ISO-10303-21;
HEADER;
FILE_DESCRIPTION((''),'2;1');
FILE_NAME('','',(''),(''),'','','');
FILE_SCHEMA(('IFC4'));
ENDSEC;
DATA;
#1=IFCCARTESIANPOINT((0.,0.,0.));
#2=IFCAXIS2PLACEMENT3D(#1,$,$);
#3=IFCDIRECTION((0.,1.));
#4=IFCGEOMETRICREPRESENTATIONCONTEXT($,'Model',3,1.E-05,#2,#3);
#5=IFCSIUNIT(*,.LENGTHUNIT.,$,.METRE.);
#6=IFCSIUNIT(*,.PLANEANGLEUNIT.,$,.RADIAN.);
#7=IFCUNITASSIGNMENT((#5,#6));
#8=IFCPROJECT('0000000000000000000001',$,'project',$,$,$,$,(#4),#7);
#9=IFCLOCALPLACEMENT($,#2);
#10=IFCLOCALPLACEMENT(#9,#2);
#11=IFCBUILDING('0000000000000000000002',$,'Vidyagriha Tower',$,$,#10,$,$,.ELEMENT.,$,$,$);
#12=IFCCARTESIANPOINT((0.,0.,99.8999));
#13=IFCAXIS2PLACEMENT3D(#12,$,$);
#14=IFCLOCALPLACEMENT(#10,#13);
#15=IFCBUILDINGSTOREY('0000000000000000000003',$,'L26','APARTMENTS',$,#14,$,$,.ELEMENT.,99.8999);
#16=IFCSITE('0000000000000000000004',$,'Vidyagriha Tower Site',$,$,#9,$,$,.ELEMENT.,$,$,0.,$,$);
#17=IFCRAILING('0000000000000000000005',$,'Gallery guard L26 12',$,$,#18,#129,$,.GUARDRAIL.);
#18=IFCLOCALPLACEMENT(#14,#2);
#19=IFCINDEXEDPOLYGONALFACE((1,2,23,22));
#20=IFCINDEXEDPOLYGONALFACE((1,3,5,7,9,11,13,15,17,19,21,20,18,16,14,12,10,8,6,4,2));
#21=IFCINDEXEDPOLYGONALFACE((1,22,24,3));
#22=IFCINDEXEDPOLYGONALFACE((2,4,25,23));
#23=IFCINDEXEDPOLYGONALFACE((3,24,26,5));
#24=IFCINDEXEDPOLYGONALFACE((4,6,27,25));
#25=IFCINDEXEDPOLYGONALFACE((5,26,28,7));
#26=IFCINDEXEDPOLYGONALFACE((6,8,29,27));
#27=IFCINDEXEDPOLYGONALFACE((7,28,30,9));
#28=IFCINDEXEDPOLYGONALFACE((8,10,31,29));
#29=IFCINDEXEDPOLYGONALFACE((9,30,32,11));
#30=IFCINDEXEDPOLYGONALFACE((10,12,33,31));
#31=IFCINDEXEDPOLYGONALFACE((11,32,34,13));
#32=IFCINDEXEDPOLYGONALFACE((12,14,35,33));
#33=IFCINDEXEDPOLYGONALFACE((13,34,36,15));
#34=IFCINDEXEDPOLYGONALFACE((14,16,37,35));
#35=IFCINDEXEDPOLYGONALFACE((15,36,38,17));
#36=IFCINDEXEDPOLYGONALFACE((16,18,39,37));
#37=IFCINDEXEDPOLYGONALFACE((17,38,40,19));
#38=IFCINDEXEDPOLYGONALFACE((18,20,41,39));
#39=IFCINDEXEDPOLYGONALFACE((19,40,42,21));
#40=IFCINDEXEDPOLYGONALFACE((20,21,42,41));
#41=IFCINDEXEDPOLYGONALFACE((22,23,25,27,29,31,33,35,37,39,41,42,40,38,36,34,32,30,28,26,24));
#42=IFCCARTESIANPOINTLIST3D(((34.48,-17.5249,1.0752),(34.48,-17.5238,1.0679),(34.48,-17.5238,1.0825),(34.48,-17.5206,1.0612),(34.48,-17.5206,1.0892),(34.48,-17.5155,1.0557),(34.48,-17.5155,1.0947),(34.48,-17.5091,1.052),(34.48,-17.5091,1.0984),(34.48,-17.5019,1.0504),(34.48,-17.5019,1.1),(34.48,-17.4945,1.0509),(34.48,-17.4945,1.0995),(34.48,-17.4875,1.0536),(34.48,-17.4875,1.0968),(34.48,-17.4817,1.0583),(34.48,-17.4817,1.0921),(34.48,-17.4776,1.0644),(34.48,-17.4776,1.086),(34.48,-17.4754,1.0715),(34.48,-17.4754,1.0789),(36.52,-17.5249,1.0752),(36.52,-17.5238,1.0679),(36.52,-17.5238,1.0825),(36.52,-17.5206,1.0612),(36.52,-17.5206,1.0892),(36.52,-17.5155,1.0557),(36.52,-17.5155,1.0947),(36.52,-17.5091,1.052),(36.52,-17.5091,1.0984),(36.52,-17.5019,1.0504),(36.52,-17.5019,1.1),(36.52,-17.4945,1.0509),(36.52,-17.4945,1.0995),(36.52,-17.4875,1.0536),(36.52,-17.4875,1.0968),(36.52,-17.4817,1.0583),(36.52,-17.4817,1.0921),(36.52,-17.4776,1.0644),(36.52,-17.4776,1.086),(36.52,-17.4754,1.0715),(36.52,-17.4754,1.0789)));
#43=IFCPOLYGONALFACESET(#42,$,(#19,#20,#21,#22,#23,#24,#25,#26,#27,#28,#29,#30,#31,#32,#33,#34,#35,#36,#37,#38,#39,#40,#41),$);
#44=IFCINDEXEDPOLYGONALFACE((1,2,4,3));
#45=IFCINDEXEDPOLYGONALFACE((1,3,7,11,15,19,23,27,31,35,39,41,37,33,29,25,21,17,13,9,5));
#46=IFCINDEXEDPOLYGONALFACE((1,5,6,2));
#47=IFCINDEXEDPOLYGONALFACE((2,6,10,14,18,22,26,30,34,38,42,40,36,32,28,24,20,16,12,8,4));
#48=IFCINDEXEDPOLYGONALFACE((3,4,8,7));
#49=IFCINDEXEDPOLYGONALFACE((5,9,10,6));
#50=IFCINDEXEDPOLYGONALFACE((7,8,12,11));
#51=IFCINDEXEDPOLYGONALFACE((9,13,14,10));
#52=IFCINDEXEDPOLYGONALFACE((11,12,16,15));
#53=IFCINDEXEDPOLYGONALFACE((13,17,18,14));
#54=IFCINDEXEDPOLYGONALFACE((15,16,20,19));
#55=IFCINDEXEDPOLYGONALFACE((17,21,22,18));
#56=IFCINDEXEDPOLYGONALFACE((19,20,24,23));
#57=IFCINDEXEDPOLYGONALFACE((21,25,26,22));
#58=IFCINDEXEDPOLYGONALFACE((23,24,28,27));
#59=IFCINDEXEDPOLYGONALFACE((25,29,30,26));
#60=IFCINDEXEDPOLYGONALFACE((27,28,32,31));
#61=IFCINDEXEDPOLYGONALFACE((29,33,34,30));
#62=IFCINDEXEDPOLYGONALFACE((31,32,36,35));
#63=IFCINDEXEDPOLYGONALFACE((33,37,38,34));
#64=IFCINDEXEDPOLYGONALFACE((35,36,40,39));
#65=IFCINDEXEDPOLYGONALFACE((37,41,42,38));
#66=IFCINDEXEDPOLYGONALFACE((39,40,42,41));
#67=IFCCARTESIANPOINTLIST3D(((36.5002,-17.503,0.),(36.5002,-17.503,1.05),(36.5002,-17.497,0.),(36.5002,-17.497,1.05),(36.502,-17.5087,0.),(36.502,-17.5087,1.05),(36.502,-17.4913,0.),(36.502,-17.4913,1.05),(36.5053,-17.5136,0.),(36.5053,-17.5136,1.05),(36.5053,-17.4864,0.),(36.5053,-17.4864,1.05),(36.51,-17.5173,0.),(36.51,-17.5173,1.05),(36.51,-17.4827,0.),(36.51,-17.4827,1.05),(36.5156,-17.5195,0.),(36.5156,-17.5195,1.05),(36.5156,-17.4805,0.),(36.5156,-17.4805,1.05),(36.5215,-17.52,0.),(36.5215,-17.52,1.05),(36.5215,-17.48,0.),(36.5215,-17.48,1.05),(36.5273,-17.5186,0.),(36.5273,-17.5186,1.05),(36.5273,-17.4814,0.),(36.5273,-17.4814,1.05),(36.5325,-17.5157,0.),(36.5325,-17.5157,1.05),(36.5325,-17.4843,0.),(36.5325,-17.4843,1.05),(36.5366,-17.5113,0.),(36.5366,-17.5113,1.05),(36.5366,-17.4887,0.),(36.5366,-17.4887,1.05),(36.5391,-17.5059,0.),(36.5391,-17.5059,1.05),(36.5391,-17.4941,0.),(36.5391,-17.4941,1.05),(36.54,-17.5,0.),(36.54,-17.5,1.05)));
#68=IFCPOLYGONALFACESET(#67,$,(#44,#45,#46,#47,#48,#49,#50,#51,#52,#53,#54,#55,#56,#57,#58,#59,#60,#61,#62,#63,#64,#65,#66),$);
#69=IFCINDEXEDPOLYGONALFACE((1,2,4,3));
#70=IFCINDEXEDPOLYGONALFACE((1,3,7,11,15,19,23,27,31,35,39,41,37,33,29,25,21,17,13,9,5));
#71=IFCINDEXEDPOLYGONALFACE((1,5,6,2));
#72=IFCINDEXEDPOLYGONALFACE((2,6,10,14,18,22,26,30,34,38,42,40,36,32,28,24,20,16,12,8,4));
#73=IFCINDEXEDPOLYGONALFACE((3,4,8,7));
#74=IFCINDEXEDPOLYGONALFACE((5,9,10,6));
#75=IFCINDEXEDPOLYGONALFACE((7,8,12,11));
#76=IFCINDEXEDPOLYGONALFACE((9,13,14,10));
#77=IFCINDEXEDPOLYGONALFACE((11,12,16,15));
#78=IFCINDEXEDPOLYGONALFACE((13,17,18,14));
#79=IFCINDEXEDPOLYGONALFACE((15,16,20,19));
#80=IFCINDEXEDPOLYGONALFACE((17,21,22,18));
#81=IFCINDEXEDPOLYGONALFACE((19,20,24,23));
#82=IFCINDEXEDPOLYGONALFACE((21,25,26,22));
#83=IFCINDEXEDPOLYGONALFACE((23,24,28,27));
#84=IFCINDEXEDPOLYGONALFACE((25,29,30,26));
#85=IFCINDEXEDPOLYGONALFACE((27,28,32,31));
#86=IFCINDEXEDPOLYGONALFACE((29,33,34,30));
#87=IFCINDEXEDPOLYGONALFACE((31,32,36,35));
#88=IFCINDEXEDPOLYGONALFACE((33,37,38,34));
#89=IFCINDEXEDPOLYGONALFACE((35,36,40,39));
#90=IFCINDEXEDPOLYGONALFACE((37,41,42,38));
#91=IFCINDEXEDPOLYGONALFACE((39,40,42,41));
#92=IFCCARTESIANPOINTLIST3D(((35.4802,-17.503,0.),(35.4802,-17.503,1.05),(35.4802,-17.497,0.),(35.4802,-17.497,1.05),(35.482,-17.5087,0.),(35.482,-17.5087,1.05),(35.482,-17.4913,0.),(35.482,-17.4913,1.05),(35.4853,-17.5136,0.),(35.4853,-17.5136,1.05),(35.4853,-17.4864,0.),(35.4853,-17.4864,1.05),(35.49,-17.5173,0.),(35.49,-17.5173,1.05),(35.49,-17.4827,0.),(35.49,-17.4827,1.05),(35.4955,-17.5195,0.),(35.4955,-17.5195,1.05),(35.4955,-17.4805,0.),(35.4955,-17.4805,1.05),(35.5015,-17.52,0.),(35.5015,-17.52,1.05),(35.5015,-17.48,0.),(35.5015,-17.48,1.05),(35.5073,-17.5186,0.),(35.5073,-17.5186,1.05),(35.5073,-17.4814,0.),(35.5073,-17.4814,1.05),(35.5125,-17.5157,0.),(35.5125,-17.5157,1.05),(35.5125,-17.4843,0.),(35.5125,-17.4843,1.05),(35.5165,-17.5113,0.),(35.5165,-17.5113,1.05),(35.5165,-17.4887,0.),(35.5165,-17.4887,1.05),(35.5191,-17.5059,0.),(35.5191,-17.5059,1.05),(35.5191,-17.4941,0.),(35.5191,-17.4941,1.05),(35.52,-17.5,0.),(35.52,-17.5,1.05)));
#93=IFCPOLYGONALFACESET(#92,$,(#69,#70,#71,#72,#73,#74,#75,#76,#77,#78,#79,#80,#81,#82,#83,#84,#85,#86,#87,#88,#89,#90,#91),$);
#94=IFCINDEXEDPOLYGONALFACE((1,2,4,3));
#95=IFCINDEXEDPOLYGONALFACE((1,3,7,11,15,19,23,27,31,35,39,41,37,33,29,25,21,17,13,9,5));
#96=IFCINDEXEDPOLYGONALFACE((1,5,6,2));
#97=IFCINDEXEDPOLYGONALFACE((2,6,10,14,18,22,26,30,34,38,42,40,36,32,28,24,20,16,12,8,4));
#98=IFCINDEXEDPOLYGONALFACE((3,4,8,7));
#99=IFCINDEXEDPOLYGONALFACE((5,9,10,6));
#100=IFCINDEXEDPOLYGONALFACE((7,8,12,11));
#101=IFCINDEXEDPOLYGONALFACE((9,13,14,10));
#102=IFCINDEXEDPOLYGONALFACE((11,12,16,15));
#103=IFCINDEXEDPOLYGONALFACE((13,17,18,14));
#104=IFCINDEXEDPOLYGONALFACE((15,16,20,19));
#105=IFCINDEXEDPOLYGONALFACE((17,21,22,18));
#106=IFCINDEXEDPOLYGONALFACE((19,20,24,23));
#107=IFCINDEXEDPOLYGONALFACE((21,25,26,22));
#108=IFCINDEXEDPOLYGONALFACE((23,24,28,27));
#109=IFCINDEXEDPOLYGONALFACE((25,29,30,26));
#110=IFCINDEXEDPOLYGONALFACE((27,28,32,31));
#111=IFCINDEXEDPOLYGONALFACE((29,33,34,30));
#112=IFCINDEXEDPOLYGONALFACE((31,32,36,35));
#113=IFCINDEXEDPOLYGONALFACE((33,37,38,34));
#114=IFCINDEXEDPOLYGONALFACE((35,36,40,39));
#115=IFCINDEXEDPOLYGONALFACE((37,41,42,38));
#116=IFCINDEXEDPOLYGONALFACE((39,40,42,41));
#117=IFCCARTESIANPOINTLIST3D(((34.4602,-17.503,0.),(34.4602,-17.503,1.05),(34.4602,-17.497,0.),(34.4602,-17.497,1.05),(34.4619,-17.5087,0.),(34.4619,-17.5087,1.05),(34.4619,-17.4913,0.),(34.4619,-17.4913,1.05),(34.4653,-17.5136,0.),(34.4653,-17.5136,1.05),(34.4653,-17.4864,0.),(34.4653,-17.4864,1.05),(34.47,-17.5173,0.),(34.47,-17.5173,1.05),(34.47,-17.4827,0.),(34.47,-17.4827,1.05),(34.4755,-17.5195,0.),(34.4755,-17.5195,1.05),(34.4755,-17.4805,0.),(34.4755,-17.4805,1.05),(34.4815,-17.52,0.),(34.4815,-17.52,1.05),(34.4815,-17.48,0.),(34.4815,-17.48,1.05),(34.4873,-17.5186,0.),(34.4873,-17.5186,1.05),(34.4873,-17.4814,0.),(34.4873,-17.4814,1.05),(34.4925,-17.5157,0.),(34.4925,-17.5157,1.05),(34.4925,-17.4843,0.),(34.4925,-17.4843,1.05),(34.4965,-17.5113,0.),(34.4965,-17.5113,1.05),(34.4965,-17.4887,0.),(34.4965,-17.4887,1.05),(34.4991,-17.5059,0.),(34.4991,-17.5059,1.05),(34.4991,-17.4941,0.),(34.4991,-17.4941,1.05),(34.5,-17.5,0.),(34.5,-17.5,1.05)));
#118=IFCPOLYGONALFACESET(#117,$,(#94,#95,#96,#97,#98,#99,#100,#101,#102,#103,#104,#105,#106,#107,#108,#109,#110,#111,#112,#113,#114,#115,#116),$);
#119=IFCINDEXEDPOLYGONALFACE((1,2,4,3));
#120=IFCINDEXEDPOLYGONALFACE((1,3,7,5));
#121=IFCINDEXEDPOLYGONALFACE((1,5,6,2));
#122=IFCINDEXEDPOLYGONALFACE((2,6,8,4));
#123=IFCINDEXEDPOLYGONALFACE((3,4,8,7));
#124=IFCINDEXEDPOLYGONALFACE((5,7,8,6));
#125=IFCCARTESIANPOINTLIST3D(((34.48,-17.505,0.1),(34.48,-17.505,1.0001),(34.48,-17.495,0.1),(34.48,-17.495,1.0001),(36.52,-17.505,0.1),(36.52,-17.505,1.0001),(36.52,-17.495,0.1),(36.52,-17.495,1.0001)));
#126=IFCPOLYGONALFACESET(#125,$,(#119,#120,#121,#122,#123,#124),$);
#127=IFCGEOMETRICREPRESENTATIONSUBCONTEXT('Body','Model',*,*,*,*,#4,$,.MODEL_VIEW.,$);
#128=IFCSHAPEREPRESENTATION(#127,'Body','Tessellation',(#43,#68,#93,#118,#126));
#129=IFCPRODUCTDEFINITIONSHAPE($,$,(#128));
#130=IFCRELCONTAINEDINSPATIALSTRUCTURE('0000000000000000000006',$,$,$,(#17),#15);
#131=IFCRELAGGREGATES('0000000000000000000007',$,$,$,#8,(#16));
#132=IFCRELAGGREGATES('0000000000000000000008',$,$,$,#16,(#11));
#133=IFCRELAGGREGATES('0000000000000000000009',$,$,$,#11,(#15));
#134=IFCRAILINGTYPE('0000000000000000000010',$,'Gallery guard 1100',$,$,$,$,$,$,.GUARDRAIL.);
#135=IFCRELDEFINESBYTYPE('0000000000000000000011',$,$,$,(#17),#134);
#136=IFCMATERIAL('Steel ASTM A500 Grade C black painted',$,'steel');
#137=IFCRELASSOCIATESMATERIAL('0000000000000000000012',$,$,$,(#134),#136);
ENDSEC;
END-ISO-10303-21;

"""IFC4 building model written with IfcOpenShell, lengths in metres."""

from ifc_helpers import new_model, si_unit, direction, frame, origin, origin_2d, place, context, subcontext, project, spatial, rectangle, circle, extrude, material, type_object, element, save


model = new_model("IFC4")

# Units and contexts
model_context = context("Model", 3, precision=1e-05, world=origin(), true_north=direction((0.0, 1.0)))
body_context = subcontext(model_context, "Body", "Model", "MODEL_VIEW")
ifc_project = project(units=[si_unit("LENGTHUNIT", "METRE"), si_unit("PLANEANGLEUNIT", "RADIAN")], contexts=[model_context])

# Site, building, storey
site_placement = place(None, origin())
site = spatial("IfcSite", under=ifc_project, at=site_placement, Name="Vidyagriha Tower Site", CompositionType="ELEMENT", RefElevation=0.0)
building_placement = place(site_placement, origin())
building = spatial("IfcBuilding", under=site, at=building_placement, Name="Vidyagriha Tower", CompositionType="ELEMENT")
storey_placement = place(building_placement, frame((0.0, 0.0, 99.8999)))
storey = spatial("IfcBuildingStorey", under=building, at=storey_placement, Name="L26", Description="APARTMENTS", CompositionType="ELEMENT", Elevation=99.8999)

# Railing
ifc_material_1 = material(Name="Steel ASTM A500 Grade C black painted", Category="steel")
railing_type_1 = type_object("IfcRailingType", Name="Gallery guard 1100", PredefinedType="GUARDRAIL", material=ifc_material_1)
railing_1_placement = place(storey_placement, frame((36.52, -17.5, 0.0)))
element("IfcRailing", 1, at=railing_1_placement, inside=storey, type_object=railing_type_1, Name="Gallery guard L26 12", PredefinedType="GUARDRAIL", context=body_context, shape_type="SweptSolid", body=[
    extrude(circle(Radius=0.0249, at=origin_2d()), frame((0.0, 0.0, 1.0752), z_axis=(-1.0, 0.0, 0.0), x_axis=(0.0, -1.0, 0.0)), (0.0, 0.0, 1.0), 2.04),
    extrude(circle(Radius=0.02, at=origin_2d()), origin(), (0.0, 0.0, 1.0), 1.05),
    extrude(circle(Radius=0.02, at=origin_2d()), frame((-1.02, 0.0, 0.0)), (0.0, 0.0, 1.0), 1.05),
    extrude(circle(Radius=0.02, at=origin_2d()), frame((-2.04, 0.0, 0.0)), (0.0, 0.0, 1.0), 1.05),
    extrude(rectangle(XDim=0.01, YDim=0.9001, at=origin_2d()), frame((0.0, 0.0, 0.55), z_axis=(-1.0, 0.0, 0.0), x_axis=(0.0, -1.0, 0.0)), (0.0, 0.0, 1.0), 2.04),
])

save(model, "model.ifc")
